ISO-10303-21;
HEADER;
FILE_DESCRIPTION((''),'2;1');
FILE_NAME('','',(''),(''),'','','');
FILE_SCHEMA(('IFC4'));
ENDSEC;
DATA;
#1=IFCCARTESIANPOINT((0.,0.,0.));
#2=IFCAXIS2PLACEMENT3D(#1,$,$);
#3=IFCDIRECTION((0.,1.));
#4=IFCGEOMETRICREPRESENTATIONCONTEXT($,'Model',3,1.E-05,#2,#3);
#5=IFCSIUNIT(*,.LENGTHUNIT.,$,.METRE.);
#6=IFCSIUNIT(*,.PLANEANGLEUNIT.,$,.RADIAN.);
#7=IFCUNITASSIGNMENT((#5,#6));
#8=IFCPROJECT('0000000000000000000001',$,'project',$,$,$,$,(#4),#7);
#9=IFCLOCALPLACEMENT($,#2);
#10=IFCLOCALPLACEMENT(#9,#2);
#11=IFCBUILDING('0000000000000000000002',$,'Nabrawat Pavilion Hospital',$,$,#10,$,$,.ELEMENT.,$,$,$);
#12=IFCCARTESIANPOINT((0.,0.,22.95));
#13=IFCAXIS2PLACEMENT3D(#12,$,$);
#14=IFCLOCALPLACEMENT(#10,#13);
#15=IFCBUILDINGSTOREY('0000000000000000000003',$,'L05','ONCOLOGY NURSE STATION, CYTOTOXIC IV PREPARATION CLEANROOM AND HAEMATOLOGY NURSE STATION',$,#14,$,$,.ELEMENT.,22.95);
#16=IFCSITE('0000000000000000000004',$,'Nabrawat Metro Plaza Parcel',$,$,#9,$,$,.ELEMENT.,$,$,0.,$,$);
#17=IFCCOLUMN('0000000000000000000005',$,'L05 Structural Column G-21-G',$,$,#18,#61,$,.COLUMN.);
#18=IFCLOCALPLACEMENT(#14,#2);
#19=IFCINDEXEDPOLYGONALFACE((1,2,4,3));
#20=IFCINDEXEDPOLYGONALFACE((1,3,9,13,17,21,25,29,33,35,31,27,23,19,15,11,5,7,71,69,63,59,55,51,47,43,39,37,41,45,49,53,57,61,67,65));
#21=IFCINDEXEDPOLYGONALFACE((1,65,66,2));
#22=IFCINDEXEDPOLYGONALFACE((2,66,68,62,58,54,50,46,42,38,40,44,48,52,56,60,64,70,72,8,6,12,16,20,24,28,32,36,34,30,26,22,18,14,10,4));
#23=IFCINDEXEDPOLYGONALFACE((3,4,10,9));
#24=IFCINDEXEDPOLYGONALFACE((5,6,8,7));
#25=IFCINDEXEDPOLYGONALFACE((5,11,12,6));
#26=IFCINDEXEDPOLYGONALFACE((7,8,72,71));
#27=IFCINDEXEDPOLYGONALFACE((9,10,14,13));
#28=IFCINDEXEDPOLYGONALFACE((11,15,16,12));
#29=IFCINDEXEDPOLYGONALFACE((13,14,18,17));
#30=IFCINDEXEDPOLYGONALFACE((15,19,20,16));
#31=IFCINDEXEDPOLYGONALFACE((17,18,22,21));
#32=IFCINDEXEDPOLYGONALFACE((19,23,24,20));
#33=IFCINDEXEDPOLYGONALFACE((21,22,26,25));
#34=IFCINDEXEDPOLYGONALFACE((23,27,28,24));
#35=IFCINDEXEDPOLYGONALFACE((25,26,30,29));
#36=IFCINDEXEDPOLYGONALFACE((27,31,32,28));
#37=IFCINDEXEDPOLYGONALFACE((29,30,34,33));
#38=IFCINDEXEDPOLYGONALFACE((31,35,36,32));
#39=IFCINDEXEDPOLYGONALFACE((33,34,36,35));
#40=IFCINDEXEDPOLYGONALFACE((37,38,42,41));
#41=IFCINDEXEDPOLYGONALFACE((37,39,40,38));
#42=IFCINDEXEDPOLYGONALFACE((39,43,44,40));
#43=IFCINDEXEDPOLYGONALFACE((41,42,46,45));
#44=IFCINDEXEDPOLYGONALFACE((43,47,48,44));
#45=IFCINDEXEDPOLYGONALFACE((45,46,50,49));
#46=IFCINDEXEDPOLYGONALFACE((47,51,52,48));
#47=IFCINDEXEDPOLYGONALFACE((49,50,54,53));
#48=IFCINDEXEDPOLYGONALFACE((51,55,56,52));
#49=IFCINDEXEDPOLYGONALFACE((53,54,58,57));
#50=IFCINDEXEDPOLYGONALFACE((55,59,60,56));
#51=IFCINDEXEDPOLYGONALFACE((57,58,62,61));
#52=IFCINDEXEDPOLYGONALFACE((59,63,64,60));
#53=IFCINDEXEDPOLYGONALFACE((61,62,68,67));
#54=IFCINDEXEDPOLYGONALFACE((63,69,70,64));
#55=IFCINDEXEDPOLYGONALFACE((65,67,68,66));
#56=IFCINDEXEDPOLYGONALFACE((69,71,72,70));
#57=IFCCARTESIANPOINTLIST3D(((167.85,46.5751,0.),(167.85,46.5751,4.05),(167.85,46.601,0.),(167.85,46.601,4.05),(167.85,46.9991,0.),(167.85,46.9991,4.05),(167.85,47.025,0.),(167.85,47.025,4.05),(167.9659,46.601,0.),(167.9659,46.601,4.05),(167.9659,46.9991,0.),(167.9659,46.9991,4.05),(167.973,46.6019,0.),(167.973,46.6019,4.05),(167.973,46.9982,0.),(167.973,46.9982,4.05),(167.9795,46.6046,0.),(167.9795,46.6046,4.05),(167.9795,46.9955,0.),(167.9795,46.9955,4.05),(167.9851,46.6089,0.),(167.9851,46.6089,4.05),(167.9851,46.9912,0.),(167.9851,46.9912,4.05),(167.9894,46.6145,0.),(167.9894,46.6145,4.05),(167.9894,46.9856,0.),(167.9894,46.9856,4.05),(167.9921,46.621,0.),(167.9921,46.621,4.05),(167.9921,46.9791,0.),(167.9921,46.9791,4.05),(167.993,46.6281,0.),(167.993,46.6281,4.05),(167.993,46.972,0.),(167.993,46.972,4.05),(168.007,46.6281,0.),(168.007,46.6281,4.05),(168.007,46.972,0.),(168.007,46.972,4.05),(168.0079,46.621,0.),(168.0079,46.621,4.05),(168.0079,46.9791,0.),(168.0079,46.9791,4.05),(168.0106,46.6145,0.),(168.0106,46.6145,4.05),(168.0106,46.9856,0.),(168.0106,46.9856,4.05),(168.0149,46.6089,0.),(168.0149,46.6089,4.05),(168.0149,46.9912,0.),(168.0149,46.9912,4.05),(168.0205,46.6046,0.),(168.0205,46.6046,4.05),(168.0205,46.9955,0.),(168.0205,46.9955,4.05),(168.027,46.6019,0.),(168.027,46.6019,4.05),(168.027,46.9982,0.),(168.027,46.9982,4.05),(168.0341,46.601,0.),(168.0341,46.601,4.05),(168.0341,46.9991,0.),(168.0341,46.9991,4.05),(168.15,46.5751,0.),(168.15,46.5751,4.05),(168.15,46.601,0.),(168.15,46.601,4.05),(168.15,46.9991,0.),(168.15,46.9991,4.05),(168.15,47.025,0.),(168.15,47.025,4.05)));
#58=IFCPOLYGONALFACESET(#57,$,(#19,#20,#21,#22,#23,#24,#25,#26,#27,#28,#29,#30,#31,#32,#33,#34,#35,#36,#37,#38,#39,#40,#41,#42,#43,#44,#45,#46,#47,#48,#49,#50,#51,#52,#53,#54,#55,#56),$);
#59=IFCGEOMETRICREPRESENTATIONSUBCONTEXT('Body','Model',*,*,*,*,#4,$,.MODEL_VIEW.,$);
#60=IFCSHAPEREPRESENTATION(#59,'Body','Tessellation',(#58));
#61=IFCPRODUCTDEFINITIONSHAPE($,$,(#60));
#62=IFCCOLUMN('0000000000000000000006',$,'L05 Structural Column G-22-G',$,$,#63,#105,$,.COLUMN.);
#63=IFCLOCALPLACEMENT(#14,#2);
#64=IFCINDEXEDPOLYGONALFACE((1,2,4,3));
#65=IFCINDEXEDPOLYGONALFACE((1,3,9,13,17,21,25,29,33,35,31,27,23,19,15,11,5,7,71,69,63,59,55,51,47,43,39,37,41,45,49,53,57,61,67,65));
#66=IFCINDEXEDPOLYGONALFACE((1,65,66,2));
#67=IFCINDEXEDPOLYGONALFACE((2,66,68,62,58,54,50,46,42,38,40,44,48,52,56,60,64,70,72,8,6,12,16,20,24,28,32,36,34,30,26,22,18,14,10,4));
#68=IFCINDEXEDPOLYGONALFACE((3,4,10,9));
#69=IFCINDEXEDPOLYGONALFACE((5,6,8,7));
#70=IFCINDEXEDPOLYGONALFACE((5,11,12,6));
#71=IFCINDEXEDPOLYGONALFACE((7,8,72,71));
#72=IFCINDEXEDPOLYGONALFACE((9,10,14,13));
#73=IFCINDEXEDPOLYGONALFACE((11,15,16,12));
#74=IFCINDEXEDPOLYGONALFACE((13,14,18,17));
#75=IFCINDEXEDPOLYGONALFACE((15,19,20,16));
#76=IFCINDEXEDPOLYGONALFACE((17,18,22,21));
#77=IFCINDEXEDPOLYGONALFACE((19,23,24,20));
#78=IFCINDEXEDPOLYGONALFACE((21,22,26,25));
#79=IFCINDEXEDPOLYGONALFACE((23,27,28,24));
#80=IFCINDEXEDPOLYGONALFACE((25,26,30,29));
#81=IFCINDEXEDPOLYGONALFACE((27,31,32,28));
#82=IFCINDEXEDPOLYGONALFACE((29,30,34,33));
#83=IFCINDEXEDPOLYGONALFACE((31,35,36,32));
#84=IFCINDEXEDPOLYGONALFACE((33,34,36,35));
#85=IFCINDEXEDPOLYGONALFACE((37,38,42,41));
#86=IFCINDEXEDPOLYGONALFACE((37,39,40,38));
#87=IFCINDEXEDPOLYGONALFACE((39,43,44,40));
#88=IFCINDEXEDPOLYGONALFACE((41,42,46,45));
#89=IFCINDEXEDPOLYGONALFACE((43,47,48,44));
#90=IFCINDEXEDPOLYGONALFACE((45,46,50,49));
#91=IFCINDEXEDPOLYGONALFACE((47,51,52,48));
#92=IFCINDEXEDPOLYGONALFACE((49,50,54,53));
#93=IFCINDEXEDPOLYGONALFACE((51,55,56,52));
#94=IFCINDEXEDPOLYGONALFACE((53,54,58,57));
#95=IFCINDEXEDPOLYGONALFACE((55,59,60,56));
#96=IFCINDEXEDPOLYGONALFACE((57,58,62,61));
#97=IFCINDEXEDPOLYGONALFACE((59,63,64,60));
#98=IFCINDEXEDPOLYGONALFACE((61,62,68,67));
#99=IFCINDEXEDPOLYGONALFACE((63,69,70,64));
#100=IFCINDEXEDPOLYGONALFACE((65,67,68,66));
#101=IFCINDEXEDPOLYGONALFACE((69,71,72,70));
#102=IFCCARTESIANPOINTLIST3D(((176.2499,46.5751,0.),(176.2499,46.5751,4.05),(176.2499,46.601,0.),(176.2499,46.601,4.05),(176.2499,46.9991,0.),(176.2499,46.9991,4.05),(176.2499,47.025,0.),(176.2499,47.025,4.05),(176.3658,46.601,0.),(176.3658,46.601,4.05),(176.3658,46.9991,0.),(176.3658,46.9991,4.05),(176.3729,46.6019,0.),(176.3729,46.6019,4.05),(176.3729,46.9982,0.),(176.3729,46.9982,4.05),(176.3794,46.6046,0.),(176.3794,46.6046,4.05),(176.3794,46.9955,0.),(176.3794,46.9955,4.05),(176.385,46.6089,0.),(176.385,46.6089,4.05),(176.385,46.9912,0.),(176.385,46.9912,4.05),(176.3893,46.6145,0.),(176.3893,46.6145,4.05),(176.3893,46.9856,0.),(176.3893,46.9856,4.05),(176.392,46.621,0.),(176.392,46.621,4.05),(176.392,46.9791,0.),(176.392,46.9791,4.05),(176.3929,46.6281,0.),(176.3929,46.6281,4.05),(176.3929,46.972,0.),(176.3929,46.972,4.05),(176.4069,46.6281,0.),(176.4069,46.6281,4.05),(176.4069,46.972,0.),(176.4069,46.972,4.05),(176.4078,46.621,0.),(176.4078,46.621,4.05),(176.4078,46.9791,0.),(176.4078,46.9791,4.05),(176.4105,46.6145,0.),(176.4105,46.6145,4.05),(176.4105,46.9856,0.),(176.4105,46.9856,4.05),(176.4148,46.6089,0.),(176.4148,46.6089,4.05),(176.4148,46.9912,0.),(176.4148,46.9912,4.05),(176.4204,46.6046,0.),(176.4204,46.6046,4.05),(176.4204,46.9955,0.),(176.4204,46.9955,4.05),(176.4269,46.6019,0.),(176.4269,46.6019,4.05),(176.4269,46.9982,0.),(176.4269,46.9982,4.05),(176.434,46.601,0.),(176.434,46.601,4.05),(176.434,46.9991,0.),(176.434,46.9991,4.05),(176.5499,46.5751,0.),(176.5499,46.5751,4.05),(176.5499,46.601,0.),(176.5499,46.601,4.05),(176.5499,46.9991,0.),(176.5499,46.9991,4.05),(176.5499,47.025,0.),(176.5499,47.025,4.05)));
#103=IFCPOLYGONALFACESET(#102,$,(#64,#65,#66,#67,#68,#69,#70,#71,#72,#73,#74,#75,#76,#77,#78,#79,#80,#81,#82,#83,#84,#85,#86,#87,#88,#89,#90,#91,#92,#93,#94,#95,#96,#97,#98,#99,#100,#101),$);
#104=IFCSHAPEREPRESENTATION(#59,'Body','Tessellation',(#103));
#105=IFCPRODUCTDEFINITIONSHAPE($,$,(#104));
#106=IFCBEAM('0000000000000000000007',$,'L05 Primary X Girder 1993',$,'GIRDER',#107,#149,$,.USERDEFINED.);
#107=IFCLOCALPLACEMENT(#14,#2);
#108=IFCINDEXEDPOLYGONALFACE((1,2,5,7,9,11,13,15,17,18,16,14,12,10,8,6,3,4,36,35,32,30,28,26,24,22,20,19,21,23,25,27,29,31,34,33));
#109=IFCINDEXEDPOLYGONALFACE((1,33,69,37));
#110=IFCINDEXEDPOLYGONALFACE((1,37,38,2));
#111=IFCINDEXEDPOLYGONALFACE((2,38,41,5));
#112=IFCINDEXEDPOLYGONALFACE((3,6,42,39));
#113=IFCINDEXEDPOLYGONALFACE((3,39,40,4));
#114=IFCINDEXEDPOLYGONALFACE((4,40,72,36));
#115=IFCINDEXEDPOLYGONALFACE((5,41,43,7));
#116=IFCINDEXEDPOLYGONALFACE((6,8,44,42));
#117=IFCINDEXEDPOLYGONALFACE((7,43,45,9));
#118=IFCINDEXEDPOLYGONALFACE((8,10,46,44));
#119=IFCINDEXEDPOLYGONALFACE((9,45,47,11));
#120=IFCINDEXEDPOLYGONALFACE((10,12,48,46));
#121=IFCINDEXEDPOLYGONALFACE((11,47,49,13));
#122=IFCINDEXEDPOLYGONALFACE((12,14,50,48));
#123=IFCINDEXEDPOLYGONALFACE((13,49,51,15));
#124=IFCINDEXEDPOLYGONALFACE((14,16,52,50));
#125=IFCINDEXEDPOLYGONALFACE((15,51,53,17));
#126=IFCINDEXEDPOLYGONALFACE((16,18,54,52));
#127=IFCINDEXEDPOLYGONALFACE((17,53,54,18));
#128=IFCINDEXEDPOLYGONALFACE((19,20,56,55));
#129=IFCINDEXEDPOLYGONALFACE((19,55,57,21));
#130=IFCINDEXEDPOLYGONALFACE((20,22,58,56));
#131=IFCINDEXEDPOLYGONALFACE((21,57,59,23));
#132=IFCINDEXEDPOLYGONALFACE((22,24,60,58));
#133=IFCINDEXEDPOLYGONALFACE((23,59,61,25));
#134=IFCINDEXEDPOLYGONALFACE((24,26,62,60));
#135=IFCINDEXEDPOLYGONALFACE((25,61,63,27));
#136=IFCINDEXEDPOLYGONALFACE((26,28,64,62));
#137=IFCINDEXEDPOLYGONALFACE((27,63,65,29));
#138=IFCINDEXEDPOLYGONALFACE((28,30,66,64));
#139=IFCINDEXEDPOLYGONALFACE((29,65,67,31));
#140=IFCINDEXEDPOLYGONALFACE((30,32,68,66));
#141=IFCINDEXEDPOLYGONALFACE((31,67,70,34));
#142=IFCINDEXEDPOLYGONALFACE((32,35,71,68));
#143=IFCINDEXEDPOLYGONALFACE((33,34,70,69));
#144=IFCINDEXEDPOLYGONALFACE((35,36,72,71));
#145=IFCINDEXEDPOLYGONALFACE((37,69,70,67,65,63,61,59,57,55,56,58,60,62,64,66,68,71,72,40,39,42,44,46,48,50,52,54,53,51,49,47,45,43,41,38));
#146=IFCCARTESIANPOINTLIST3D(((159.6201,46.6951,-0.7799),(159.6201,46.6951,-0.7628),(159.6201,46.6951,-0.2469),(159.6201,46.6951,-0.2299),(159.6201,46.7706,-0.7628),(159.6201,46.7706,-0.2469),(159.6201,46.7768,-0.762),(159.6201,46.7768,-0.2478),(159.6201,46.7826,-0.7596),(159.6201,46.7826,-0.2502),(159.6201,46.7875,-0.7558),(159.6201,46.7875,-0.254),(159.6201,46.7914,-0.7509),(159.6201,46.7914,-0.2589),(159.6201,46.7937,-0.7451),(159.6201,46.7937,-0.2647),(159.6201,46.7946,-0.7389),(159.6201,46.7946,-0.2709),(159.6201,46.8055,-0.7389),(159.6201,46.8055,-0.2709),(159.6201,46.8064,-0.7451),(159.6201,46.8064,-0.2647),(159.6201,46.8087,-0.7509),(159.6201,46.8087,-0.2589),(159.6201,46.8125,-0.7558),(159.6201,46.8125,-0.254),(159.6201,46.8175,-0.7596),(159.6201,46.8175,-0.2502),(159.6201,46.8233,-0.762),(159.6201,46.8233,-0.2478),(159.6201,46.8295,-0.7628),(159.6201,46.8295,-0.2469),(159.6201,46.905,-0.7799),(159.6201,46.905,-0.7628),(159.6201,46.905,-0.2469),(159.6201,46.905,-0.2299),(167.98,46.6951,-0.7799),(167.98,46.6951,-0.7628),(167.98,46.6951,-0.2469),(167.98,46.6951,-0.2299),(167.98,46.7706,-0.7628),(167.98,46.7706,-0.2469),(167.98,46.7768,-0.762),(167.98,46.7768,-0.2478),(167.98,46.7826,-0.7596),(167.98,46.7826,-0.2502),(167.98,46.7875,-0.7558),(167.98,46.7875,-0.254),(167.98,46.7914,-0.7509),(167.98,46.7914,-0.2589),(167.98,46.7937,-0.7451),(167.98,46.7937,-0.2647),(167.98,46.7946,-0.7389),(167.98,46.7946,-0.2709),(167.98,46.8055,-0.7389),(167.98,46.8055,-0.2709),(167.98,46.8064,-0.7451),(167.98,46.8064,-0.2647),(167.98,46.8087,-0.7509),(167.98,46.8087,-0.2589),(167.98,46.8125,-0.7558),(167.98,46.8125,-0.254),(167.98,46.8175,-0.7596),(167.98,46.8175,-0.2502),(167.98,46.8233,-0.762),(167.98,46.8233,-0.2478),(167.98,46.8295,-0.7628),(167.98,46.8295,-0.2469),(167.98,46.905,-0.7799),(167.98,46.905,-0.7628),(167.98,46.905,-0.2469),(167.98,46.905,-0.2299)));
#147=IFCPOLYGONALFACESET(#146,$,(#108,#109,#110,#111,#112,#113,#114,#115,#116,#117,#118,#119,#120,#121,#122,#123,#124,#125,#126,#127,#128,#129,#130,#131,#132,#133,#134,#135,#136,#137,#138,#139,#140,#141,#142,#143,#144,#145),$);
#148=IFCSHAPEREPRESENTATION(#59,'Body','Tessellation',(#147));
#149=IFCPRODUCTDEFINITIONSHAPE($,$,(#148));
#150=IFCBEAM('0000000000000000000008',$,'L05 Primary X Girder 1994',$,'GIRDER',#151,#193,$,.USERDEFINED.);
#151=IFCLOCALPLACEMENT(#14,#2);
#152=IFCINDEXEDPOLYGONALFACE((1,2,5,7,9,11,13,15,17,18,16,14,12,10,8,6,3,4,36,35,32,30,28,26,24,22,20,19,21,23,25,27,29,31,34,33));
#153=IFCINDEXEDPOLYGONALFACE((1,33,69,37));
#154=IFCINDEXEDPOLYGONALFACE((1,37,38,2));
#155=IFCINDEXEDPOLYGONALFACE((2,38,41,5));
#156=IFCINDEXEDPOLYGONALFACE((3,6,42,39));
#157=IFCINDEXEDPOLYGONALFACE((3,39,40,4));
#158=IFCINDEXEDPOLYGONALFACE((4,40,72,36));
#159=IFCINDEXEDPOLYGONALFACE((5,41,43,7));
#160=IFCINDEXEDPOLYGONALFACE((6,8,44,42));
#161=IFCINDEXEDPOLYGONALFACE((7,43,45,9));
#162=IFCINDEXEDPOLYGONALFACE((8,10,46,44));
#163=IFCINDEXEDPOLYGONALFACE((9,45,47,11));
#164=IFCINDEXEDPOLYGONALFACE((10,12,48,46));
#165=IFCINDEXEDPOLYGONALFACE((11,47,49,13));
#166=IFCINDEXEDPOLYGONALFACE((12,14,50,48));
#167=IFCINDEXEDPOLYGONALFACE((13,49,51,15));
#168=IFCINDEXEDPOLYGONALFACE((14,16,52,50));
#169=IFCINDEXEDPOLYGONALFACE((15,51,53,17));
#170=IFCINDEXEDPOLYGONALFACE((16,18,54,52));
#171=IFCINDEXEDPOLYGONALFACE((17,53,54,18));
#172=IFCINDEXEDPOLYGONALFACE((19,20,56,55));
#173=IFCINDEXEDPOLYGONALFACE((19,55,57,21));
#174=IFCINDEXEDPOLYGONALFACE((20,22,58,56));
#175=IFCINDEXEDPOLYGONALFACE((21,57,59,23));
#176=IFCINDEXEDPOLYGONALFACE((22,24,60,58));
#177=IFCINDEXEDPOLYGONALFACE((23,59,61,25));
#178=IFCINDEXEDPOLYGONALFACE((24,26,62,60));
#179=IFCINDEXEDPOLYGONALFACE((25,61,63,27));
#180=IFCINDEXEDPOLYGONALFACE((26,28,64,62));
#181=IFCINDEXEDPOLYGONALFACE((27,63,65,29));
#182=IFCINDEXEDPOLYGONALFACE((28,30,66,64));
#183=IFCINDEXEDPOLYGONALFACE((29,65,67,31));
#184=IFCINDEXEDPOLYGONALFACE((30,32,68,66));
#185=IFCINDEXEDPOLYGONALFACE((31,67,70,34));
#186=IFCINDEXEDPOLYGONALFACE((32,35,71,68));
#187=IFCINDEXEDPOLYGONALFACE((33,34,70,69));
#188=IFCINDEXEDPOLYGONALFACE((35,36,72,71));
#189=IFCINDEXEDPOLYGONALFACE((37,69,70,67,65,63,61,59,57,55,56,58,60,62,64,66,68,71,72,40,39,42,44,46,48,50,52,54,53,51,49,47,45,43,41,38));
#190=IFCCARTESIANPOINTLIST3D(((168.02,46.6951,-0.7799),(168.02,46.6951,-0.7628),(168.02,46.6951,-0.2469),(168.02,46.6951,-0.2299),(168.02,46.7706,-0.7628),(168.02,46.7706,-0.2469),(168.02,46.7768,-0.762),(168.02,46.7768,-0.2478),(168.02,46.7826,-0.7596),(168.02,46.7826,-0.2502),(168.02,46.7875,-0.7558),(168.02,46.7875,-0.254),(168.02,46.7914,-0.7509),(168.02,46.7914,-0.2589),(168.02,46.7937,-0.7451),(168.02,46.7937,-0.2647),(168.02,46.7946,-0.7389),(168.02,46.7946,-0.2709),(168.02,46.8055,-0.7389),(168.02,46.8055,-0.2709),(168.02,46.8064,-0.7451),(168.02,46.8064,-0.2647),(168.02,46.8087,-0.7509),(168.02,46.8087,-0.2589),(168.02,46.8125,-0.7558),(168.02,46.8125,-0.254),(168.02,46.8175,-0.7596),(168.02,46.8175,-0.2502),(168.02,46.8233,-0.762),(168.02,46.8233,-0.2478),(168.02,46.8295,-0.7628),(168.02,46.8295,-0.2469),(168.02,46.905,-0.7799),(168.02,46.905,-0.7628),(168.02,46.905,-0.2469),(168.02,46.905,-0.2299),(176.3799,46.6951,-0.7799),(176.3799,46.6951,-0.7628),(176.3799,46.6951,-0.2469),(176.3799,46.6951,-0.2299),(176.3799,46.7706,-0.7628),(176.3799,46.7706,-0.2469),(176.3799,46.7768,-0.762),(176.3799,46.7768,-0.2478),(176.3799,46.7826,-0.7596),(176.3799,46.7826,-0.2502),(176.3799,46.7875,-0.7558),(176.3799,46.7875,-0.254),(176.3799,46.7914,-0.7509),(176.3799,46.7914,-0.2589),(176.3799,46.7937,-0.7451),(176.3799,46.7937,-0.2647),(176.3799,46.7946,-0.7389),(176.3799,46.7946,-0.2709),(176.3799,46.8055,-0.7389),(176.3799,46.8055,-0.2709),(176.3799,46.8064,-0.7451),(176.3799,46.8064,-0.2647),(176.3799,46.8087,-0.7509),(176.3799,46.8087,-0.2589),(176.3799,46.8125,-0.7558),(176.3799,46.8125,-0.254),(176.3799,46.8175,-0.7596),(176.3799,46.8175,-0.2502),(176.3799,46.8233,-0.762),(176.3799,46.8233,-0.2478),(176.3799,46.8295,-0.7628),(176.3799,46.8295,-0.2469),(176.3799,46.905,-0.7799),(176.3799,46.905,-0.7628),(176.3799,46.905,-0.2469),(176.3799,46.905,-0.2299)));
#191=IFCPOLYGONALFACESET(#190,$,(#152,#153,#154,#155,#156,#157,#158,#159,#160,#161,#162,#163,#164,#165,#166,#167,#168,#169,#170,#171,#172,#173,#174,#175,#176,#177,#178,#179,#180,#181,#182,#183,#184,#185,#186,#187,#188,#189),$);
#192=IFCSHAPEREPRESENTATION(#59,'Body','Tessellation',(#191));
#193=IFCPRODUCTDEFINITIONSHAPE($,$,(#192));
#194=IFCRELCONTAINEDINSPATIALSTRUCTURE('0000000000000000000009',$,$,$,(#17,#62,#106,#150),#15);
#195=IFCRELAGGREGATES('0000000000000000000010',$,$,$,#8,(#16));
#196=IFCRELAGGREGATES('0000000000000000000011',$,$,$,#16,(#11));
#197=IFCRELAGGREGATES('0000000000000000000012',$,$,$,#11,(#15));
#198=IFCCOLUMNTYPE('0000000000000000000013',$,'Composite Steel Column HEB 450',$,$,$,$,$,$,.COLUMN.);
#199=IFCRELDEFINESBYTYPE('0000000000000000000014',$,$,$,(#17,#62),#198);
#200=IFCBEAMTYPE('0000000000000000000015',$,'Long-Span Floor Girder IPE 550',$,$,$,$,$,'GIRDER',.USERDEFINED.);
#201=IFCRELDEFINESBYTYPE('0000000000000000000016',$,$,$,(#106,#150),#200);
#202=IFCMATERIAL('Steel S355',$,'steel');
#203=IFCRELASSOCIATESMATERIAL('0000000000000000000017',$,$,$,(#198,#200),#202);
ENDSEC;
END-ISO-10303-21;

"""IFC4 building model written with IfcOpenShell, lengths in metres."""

from ifc_helpers import new_model, si_unit, direction, frame, origin, origin_2d, place, context, subcontext, project, spatial, i_section, extrude, material, material_profile, profile_set, type_object, element, save


model = new_model("IFC4")

# Units and contexts
model_context = context("Model", 3, precision=1e-05, world=origin(), true_north=direction((0.0, 1.0)))
body_context = subcontext(model_context, "Body", "Model", "MODEL_VIEW")
ifc_project = project(units=[si_unit("LENGTHUNIT", "METRE"), si_unit("PLANEANGLEUNIT", "RADIAN")], contexts=[model_context])

# Site, building, storey
site_placement = place(None, origin())
site = spatial("IfcSite", under=ifc_project, at=site_placement, Name="Nabrawat Metro Plaza Parcel", CompositionType="ELEMENT", RefElevation=0.0)
building_placement = place(site_placement, origin())
building = spatial("IfcBuilding", under=site, at=building_placement, Name="Nabrawat Pavilion Hospital", CompositionType="ELEMENT")
storey_placement = place(building_placement, frame((0.0, 0.0, 22.95)))
storey = spatial("IfcBuildingStorey", under=building, at=storey_placement, Name="L05", Description="ONCOLOGY NURSE STATION, CYTOTOXIC IV PREPARATION CLEANROOM AND HAEMATOLOGY NURSE STATION", CompositionType="ELEMENT", Elevation=22.95)

# Columns
ifc_material_1 = material(Name="Steel S355", Category="steel")
ifc_material_profile_1 = material_profile(ifc_material_1, i_section(OverallWidth=0.3, OverallDepth=0.45, WebThickness=0.0139, FlangeThickness=0.0259, FilletRadius=0.0271, at=origin_2d()), Name="HEB 450")
ifc_profile_set_1 = profile_set([ifc_material_profile_1], Name="Steel S355")
column_type = type_object("IfcColumnType", Name="Composite Steel Column HEB 450", PredefinedType="COLUMN", material=ifc_profile_set_1)
for number, where, z_axis, x_axis, name in (
    (1, (168.0, 46.8, 0.0), (0.0, 0.0, 1.0), (1.0, 0.0, 0.0), "L05 Structural Column G-21-G"),
    (2, (176.3999, 46.8, 0.0), (0.0, 0.0, 1.0), (1.0, 0.0, 0.0), "L05 Structural Column G-22-G"),
):
    element("IfcColumn", number, at=place(storey_placement, frame(where, z_axis=z_axis, x_axis=x_axis)), inside=storey, type_object=column_type, Name=name, PredefinedType="COLUMN", context=body_context, shape_type="SweptSolid", body=[
        extrude(i_section(OverallWidth=0.3, OverallDepth=0.45, WebThickness=0.0139, FlangeThickness=0.0259, FilletRadius=0.0271, at=origin_2d()), origin(), (0.0, 0.0, 1.0), 4.05),
    ])

# Beams
ifc_material_profile_2 = material_profile(ifc_material_1, i_section(OverallWidth=0.21, OverallDepth=0.55, WebThickness=0.011, FlangeThickness=0.0171, FilletRadius=0.0239, at=origin_2d()), Name="IPE 550")
ifc_profile_set_2 = profile_set([ifc_material_profile_2], Name="Steel S355")
beam_type_1 = type_object("IfcBeamType", Name="Long-Span Floor Girder IPE 550", ElementType="GIRDER", PredefinedType="USERDEFINED", material=ifc_profile_set_2)
for number, where, z_axis, x_axis, name in (
    (3, (159.6201, 46.8, -0.5049), (1.0, 0.0, 0.0), (0.0, 1.0, 0.0), "L05 Primary X Girder 1993"),
    (4, (168.02, 46.8, -0.5049), (1.0, 0.0, 0.0), (0.0, 1.0, 0.0), "L05 Primary X Girder 1994"),
):
    element("IfcBeam", number, at=place(storey_placement, frame(where, z_axis=z_axis, x_axis=x_axis)), inside=storey, type_object=beam_type_1, Name=name, ObjectType="GIRDER", PredefinedType="USERDEFINED", context=body_context, shape_type="SweptSolid", body=[
        extrude(i_section(OverallWidth=0.21, OverallDepth=0.55, WebThickness=0.011, FlangeThickness=0.0171, FilletRadius=0.0239, at=origin_2d()), origin(), (0.0, 0.0, 1.0), 8.3599),
    ])

save(model, "model.ifc")
